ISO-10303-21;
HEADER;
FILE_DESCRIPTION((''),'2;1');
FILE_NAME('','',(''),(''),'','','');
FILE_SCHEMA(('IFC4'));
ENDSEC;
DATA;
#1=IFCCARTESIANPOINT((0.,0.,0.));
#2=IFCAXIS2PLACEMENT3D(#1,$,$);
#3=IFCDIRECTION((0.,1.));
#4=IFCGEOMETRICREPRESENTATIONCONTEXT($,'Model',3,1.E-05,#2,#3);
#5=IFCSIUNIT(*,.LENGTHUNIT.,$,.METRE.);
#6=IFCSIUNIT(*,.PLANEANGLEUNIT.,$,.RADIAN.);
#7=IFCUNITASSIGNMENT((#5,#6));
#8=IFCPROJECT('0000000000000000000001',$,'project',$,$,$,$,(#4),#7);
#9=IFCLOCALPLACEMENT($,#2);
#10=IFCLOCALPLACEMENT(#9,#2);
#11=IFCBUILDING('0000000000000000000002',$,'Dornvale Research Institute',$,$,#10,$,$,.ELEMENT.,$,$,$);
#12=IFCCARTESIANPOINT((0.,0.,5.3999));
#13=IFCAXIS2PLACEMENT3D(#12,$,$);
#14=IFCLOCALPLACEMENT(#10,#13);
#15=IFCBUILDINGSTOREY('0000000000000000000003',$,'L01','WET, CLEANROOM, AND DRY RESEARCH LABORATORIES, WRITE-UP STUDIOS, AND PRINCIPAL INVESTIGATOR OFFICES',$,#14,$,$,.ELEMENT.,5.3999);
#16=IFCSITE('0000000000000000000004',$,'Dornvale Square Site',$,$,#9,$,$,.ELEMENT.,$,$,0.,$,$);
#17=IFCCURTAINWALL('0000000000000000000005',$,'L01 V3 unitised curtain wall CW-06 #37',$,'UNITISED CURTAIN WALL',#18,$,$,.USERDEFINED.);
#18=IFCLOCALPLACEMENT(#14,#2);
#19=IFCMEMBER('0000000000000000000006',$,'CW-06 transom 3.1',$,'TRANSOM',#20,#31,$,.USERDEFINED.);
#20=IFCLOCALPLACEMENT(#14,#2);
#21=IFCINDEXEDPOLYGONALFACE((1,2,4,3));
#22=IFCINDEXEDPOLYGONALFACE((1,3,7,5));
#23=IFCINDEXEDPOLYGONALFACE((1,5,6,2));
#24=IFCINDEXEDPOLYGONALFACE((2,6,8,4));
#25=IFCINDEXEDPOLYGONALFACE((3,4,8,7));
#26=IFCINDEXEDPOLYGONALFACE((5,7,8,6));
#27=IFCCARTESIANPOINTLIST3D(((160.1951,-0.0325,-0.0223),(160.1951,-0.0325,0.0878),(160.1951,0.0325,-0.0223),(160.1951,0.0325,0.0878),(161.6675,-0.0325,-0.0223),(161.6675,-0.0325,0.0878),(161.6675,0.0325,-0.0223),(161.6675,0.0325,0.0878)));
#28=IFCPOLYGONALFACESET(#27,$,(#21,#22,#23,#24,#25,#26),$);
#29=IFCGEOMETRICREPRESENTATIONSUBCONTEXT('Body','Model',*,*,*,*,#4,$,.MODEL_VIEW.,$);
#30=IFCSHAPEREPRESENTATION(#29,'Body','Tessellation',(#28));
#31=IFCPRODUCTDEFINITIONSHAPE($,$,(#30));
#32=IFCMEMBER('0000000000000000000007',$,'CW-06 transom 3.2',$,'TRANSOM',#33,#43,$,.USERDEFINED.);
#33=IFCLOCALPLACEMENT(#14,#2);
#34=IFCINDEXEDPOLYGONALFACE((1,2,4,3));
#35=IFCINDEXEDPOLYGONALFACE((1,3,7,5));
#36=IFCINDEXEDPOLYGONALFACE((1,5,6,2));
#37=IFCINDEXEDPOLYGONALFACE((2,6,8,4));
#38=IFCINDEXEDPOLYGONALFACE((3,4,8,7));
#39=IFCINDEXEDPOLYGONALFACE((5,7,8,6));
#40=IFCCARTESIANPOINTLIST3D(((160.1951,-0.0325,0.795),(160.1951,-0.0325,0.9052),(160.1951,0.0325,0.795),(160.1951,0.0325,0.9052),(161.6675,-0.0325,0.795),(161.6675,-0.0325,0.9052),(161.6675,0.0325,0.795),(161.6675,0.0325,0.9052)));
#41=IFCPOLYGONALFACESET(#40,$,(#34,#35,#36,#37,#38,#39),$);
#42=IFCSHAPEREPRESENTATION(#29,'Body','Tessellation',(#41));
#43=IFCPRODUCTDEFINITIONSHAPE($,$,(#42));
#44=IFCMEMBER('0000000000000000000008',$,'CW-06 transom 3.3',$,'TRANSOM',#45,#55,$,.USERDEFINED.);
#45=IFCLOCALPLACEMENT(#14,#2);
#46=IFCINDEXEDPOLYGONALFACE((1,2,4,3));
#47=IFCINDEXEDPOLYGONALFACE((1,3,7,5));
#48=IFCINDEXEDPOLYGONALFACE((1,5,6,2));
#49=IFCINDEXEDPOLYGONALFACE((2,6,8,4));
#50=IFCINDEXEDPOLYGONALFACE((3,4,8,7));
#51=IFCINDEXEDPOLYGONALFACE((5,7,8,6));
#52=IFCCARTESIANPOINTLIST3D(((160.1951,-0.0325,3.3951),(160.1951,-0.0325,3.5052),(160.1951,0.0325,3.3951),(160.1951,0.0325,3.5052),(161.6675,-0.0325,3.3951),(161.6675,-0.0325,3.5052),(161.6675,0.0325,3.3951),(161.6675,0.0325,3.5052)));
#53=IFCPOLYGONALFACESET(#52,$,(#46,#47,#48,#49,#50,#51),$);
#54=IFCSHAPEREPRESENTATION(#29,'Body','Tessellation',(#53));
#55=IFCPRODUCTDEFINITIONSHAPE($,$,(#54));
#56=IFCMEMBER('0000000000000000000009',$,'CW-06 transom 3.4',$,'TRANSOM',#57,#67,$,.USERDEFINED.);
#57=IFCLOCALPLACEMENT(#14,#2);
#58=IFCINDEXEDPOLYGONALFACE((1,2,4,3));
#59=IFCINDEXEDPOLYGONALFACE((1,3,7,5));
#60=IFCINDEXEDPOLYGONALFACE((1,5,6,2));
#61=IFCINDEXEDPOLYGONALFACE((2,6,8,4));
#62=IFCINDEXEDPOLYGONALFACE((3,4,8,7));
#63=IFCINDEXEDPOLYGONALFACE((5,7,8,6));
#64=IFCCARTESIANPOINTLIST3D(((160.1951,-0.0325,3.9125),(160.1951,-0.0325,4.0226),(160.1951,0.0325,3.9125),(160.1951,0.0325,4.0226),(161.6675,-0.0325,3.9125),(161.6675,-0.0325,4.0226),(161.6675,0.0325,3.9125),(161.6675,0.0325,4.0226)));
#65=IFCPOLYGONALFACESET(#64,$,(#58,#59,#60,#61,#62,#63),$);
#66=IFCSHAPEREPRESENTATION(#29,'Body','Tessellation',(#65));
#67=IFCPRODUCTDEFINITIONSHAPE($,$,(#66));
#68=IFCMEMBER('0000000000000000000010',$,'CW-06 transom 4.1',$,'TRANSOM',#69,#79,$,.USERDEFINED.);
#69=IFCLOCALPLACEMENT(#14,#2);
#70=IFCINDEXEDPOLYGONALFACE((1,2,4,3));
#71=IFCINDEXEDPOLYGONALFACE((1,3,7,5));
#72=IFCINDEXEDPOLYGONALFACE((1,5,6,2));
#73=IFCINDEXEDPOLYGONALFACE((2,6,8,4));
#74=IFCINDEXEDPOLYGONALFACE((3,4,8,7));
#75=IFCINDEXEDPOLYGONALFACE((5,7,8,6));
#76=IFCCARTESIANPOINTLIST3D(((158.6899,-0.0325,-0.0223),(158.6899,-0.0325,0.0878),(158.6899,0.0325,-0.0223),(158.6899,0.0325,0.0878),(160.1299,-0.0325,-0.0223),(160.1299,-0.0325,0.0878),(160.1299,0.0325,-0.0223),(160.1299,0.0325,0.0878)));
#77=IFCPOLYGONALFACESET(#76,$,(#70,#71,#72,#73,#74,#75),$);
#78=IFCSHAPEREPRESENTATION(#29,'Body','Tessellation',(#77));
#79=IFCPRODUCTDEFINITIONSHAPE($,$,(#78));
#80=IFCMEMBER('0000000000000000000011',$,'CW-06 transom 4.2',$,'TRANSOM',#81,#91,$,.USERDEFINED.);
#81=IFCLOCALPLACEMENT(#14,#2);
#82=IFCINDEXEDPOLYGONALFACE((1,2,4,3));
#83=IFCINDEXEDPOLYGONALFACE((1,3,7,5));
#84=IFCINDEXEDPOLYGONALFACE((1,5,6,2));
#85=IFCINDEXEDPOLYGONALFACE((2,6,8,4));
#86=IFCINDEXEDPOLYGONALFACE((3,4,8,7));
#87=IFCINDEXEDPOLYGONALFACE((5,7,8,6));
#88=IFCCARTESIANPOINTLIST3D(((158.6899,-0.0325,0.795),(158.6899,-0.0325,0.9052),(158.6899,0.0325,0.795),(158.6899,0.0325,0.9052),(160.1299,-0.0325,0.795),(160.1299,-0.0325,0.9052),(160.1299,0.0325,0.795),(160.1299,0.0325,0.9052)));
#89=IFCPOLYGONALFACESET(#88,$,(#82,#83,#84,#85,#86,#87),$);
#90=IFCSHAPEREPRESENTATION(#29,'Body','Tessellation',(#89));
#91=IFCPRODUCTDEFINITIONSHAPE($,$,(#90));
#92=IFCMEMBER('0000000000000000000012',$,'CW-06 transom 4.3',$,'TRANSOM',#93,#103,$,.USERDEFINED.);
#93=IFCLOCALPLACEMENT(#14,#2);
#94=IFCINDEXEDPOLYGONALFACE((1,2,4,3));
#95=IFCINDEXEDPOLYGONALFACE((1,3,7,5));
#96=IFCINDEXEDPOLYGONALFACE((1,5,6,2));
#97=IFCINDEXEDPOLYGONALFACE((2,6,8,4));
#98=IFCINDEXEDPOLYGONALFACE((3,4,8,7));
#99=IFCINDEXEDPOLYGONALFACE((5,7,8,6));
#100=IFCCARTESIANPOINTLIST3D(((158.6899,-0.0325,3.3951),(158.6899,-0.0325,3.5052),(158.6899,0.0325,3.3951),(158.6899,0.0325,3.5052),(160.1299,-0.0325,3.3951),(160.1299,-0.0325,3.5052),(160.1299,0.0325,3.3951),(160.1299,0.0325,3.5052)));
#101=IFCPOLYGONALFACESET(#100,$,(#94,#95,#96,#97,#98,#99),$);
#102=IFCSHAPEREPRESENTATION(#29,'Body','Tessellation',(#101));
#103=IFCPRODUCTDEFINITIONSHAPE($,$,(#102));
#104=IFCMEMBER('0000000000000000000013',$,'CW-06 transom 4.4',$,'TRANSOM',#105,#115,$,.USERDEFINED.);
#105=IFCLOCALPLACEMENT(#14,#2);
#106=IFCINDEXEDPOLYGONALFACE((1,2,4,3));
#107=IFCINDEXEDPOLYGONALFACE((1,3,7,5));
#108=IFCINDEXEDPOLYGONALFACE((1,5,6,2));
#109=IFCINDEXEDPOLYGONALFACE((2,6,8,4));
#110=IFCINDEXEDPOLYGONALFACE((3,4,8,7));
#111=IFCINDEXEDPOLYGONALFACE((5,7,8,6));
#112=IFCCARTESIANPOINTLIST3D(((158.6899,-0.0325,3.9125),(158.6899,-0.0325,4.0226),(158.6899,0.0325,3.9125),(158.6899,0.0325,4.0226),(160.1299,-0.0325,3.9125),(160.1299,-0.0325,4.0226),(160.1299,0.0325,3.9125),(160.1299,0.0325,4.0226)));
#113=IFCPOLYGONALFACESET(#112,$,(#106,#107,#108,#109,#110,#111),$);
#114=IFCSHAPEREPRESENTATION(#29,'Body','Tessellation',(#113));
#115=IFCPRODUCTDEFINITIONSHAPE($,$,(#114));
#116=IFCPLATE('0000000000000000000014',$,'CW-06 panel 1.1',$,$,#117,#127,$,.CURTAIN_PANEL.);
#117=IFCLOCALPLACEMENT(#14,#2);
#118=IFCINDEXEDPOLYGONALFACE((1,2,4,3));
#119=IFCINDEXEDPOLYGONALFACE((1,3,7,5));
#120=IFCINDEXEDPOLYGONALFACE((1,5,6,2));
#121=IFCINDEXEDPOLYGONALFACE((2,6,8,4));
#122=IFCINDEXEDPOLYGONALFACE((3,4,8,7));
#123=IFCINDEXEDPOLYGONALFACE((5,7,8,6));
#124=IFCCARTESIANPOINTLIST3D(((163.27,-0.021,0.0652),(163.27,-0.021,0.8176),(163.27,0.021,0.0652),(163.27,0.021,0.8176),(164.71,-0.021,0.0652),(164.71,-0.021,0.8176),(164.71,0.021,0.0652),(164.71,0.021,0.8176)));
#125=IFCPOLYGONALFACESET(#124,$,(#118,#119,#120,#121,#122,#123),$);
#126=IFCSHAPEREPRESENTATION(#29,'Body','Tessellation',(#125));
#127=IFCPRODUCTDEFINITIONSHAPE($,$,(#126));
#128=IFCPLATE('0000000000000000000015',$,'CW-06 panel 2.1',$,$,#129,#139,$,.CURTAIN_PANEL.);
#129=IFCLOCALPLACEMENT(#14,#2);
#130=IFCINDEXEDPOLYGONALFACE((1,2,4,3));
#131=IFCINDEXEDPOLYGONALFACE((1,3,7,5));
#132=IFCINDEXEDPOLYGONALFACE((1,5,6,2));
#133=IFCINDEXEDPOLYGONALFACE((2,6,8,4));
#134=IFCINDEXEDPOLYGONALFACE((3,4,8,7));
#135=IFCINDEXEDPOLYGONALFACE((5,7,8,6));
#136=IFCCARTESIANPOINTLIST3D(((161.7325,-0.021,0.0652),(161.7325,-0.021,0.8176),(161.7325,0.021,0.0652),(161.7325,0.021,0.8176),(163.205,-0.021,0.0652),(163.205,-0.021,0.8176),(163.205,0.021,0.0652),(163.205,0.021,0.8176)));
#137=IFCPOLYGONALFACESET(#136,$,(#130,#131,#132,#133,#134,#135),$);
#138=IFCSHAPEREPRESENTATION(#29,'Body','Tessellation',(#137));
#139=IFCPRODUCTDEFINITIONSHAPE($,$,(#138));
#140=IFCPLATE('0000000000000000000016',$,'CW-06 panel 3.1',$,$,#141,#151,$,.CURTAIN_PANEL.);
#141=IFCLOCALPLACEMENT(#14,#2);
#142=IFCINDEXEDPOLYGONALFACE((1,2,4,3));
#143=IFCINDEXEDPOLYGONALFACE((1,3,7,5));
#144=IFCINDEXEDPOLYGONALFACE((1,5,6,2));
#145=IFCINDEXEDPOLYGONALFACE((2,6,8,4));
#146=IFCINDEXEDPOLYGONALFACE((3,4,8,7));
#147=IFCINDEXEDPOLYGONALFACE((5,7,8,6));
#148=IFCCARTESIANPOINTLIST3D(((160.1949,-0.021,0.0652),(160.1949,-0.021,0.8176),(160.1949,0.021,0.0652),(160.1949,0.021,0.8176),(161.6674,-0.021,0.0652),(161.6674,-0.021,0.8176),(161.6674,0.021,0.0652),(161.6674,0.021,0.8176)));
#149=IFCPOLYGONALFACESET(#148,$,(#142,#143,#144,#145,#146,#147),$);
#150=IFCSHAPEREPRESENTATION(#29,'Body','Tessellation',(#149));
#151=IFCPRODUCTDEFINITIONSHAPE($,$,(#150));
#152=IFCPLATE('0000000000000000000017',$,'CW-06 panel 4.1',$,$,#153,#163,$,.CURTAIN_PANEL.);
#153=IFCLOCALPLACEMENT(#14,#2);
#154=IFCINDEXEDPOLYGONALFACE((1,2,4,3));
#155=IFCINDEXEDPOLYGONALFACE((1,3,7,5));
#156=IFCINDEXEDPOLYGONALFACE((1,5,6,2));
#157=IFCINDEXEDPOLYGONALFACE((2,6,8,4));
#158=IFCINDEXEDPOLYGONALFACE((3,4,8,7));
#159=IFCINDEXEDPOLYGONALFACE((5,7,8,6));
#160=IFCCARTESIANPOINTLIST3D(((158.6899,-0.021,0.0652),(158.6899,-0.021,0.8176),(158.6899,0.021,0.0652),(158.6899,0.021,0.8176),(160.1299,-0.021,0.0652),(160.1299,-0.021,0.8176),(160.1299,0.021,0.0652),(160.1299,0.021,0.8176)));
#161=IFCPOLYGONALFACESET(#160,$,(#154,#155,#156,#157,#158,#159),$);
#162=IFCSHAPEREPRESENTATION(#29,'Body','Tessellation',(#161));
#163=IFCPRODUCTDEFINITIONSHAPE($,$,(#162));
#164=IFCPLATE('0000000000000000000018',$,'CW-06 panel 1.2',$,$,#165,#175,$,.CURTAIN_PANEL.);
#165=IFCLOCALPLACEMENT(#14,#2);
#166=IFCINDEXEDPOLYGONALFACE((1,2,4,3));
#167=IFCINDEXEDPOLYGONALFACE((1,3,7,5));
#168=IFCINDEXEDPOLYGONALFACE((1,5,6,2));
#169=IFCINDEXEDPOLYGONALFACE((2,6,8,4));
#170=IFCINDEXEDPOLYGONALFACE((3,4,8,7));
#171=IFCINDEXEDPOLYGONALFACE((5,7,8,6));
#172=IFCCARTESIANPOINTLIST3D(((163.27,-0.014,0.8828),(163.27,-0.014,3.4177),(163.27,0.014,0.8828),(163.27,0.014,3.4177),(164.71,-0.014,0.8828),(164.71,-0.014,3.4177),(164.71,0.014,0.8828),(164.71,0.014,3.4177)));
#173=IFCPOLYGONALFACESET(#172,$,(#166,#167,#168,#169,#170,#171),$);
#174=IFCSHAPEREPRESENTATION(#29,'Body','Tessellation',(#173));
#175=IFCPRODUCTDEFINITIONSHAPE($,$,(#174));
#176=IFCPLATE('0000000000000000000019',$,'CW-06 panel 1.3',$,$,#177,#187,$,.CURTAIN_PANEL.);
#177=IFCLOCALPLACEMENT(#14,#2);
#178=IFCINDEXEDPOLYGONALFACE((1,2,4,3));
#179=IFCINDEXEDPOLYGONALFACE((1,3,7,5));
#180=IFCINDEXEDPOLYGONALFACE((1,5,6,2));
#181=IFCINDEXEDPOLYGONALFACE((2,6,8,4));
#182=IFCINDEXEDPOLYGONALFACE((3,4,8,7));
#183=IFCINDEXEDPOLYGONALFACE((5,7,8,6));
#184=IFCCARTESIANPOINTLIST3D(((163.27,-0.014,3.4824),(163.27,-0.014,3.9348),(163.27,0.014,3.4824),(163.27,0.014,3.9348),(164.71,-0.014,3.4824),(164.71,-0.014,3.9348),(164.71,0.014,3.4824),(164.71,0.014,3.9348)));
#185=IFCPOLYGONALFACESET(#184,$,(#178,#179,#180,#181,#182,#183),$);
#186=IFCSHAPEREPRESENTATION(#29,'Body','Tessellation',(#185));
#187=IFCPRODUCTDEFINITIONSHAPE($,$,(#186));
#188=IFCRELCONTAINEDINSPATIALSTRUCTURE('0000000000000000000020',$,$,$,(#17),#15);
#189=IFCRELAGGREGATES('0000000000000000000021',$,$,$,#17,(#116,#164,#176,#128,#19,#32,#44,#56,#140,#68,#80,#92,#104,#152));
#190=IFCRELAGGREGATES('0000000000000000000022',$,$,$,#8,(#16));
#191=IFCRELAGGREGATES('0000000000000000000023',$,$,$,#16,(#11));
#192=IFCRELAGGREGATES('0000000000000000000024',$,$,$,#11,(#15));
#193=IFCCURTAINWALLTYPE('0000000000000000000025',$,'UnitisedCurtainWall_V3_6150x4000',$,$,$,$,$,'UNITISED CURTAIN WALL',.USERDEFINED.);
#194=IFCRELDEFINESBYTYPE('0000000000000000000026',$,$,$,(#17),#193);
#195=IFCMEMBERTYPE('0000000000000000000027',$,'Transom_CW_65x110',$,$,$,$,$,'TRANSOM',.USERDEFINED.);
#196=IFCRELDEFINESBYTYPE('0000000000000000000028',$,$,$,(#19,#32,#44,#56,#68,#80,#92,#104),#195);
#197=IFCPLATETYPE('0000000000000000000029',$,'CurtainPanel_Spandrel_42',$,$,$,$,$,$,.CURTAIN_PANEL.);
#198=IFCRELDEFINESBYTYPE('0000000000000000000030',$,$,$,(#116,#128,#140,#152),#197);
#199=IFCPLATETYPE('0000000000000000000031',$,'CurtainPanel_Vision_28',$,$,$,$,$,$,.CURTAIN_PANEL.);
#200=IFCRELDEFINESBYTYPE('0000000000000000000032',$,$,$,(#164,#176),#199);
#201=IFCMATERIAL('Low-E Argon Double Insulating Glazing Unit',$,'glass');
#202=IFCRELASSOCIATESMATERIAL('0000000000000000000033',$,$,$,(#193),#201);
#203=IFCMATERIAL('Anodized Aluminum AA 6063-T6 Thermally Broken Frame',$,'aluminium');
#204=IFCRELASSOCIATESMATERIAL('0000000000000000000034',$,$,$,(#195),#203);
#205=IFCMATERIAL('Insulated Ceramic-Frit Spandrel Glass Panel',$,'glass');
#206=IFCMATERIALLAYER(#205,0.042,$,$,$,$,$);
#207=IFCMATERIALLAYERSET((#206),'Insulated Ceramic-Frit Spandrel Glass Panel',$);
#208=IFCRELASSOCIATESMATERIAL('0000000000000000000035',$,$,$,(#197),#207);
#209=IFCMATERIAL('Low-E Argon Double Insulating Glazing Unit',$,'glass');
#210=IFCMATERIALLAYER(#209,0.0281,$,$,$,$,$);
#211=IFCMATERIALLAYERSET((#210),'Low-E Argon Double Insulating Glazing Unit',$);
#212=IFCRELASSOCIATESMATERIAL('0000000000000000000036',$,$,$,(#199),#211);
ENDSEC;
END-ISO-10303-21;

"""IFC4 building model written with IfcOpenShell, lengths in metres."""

from ifc_helpers import new_model, si_unit, direction, frame, origin, origin_2d, place, context, subcontext, project, spatial, rectangle, extrude, material, layer, layer_set, material_profile, profile_set, type_object, element, aggregate, save


model = new_model("IFC4")

# Units and contexts
model_context = context("Model", 3, precision=1e-05, world=origin(), true_north=direction((0.0, 1.0)))
body_context = subcontext(model_context, "Body", "Model", "MODEL_VIEW")
ifc_project = project(units=[si_unit("LENGTHUNIT", "METRE"), si_unit("PLANEANGLEUNIT", "RADIAN")], contexts=[model_context])

# Site, building, storey
site_placement = place(None, origin())
site = spatial("IfcSite", under=ifc_project, at=site_placement, Name="Dornvale Square Site", CompositionType="ELEMENT", RefElevation=0.0)
building_placement = place(site_placement, origin())
building = spatial("IfcBuilding", under=site, at=building_placement, Name="Dornvale Research Institute", CompositionType="ELEMENT")
storey_placement = place(building_placement, frame((0.0, 0.0, 5.3999)))
storey = spatial("IfcBuildingStorey", under=building, at=storey_placement, Name="L01", Description="WET, CLEANROOM, AND DRY RESEARCH LABORATORIES, WRITE-UP STUDIOS, AND PRINCIPAL INVESTIGATOR OFFICES", CompositionType="ELEMENT", Elevation=5.3999)

# Curtain wall
ifc_material_1 = material(Name="Low-E Argon Double Insulating Glazing Unit", Category="glass")
curtain_wall_type = type_object("IfcCurtainWallType", Name="UnitisedCurtainWall_V3_6150x4000", ElementType="UNITISED CURTAIN WALL", PredefinedType="USERDEFINED", material=ifc_material_1)
curtain_wall_placement = place(storey_placement, origin())
curtain_wall = element("IfcCurtainWall", 1, at=curtain_wall_placement, inside=storey, type_object=curtain_wall_type, Name="L01 V3 unitised curtain wall CW-06 #37", ObjectType="UNITISED CURTAIN WALL", PredefinedType="USERDEFINED")

# Members
ifc_material_2 = material(Name="Anodized Aluminum AA 6063-T6 Thermally Broken Frame", Category="aluminium")
ifc_material_profile_1 = material_profile(ifc_material_2, rectangle(XDim=0.0649, YDim=0.1101, at=origin_2d()), Name="ALU TRANSOM 65x110")
ifc_profile_set_1 = profile_set([ifc_material_profile_1], Name="Anodized Aluminum AA 6063-T6 Thermally Broken Frame")
member_type_1 = type_object("IfcMemberType", Name="Transom_CW_65x110", ElementType="TRANSOM", PredefinedType="USERDEFINED", material=ifc_profile_set_1)
member_1_placement = place(storey_placement, frame((161.6675, 0.0, 0.0327), z_axis=(-1.0, 0.0, 0.0), x_axis=(0.0, -1.0, 0.0)))
member_1 = element("IfcMember", 2, at=member_1_placement, type_object=member_type_1, Name="CW-06 transom 3.1", ObjectType="TRANSOM", PredefinedType="USERDEFINED", context=body_context, shape_type="SweptSolid", body=[
    extrude(rectangle(XDim=0.0649, YDim=0.1101, at=origin_2d()), origin(), (0.0, 0.0, 1.0), 1.4724),
])
member_2_placement = place(storey_placement, frame((161.6675, 0.0, 0.8501), z_axis=(-1.0, 0.0, 0.0), x_axis=(0.0, -1.0, 0.0)))
member_2 = element("IfcMember", 3, at=member_2_placement, type_object=member_type_1, Name="CW-06 transom 3.2", ObjectType="TRANSOM", PredefinedType="USERDEFINED", context=body_context, shape_type="SweptSolid", body=[
    extrude(rectangle(XDim=0.0649, YDim=0.1101, at=origin_2d()), origin(), (0.0, 0.0, 1.0), 1.4724),
])
member_3_placement = place(storey_placement, frame((161.6675, 0.0, 3.4502), z_axis=(-1.0, 0.0, 0.0), x_axis=(0.0, -1.0, 0.0)))
member_3 = element("IfcMember", 4, at=member_3_placement, type_object=member_type_1, Name="CW-06 transom 3.3", ObjectType="TRANSOM", PredefinedType="USERDEFINED", context=body_context, shape_type="SweptSolid", body=[
    extrude(rectangle(XDim=0.0649, YDim=0.1101, at=origin_2d()), origin(), (0.0, 0.0, 1.0), 1.4724),
])
member_4_placement = place(storey_placement, frame((161.6675, 0.0, 3.9675), z_axis=(-1.0, 0.0, 0.0), x_axis=(0.0, -1.0, 0.0)))
member_4 = element("IfcMember", 5, at=member_4_placement, type_object=member_type_1, Name="CW-06 transom 3.4", ObjectType="TRANSOM", PredefinedType="USERDEFINED", context=body_context, shape_type="SweptSolid", body=[
    extrude(rectangle(XDim=0.0649, YDim=0.1101, at=origin_2d()), origin(), (0.0, 0.0, 1.0), 1.4724),
])
member_5_placement = place(storey_placement, frame((160.1299, 0.0, 0.0327), z_axis=(-1.0, 0.0, 0.0), x_axis=(0.0, -1.0, 0.0)))
member_5 = element("IfcMember", 6, at=member_5_placement, type_object=member_type_1, Name="CW-06 transom 4.1", ObjectType="TRANSOM", PredefinedType="USERDEFINED", context=body_context, shape_type="SweptSolid", body=[
    extrude(rectangle(XDim=0.0649, YDim=0.1101, at=origin_2d()), origin(), (0.0, 0.0, 1.0), 1.4399),
])
member_6_placement = place(storey_placement, frame((160.1299, 0.0, 0.8501), z_axis=(-1.0, 0.0, 0.0), x_axis=(0.0, -1.0, 0.0)))
member_6 = element("IfcMember", 7, at=member_6_placement, type_object=member_type_1, Name="CW-06 transom 4.2", ObjectType="TRANSOM", PredefinedType="USERDEFINED", context=body_context, shape_type="SweptSolid", body=[
    extrude(rectangle(XDim=0.0649, YDim=0.1101, at=origin_2d()), origin(), (0.0, 0.0, 1.0), 1.4399),
])
member_7_placement = place(storey_placement, frame((160.1299, 0.0, 3.4502), z_axis=(-1.0, 0.0, 0.0), x_axis=(0.0, -1.0, 0.0)))
member_7 = element("IfcMember", 8, at=member_7_placement, type_object=member_type_1, Name="CW-06 transom 4.3", ObjectType="TRANSOM", PredefinedType="USERDEFINED", context=body_context, shape_type="SweptSolid", body=[
    extrude(rectangle(XDim=0.0649, YDim=0.1101, at=origin_2d()), origin(), (0.0, 0.0, 1.0), 1.4399),
])
member_8_placement = place(storey_placement, frame((160.1299, 0.0, 3.9675), z_axis=(-1.0, 0.0, 0.0), x_axis=(0.0, -1.0, 0.0)))
member_8 = element("IfcMember", 9, at=member_8_placement, type_object=member_type_1, Name="CW-06 transom 4.4", ObjectType="TRANSOM", PredefinedType="USERDEFINED", context=body_context, shape_type="SweptSolid", body=[
    extrude(rectangle(XDim=0.0649, YDim=0.1101, at=origin_2d()), origin(), (0.0, 0.0, 1.0), 1.4399),
])

# Plates
ifc_material_3 = material(Name="Insulated Ceramic-Frit Spandrel Glass Panel", Category="glass")
ifc_layer_1 = layer(ifc_material_3, 0.042)
ifc_layer_set_1 = layer_set([ifc_layer_1], Name="Insulated Ceramic-Frit Spandrel Glass Panel")
plate_type_1 = type_object("IfcPlateType", Name="CurtainPanel_Spandrel_42", PredefinedType="CURTAIN_PANEL", material=ifc_layer_set_1)
plate_1_placement = place(storey_placement, frame((163.99, 0.0, 0.0652), z_axis=(0.0, 0.0, 1.0), x_axis=(-1.0, 0.0, 0.0)))
plate_1 = element("IfcPlate", 10, at=plate_1_placement, type_object=plate_type_1, Name="CW-06 panel 1.1", PredefinedType="CURTAIN_PANEL", context=body_context, shape_type="SweptSolid", body=[
    extrude(rectangle(XDim=1.4399, YDim=0.042, at=origin_2d()), origin(), (0.0, 0.0, 1.0), 0.7524),
])
plate_2_placement = place(storey_placement, frame((162.4688, 0.0, 0.0652), z_axis=(0.0, 0.0, 1.0), x_axis=(-1.0, 0.0, 0.0)))
plate_2 = element("IfcPlate", 11, at=plate_2_placement, type_object=plate_type_1, Name="CW-06 panel 2.1", PredefinedType="CURTAIN_PANEL", context=body_context, shape_type="SweptSolid", body=[
    extrude(rectangle(XDim=1.4724, YDim=0.042, at=origin_2d()), origin(), (0.0, 0.0, 1.0), 0.7524),
])
plate_3_placement = place(storey_placement, frame((160.9312, 0.0, 0.0652), z_axis=(0.0, 0.0, 1.0), x_axis=(-1.0, 0.0, 0.0)))
plate_3 = element("IfcPlate", 12, at=plate_3_placement, type_object=plate_type_1, Name="CW-06 panel 3.1", PredefinedType="CURTAIN_PANEL", context=body_context, shape_type="SweptSolid", body=[
    extrude(rectangle(XDim=1.4724, YDim=0.042, at=origin_2d()), origin(), (0.0, 0.0, 1.0), 0.7524),
])
plate_4_placement = place(storey_placement, frame((159.4099, 0.0, 0.0652), z_axis=(0.0, 0.0, 1.0), x_axis=(-1.0, 0.0, 0.0)))
plate_4 = element("IfcPlate", 13, at=plate_4_placement, type_object=plate_type_1, Name="CW-06 panel 4.1", PredefinedType="CURTAIN_PANEL", context=body_context, shape_type="SweptSolid", body=[
    extrude(rectangle(XDim=1.4399, YDim=0.042, at=origin_2d()), origin(), (0.0, 0.0, 1.0), 0.7524),
])
ifc_material_4 = material(Name="Low-E Argon Double Insulating Glazing Unit", Category="glass")
ifc_layer_2 = layer(ifc_material_4, 0.0281)
ifc_layer_set_2 = layer_set([ifc_layer_2], Name="Low-E Argon Double Insulating Glazing Unit")
plate_type_2 = type_object("IfcPlateType", Name="CurtainPanel_Vision_28", PredefinedType="CURTAIN_PANEL", material=ifc_layer_set_2)
plate_5_placement = place(storey_placement, frame((163.99, 0.0, 0.8828), z_axis=(0.0, 0.0, 1.0), x_axis=(-1.0, 0.0, 0.0)))
plate_5 = element("IfcPlate", 14, at=plate_5_placement, type_object=plate_type_2, Name="CW-06 panel 1.2", PredefinedType="CURTAIN_PANEL", context=body_context, shape_type="SweptSolid", body=[
    extrude(rectangle(XDim=1.4399, YDim=0.0281, at=origin_2d()), origin(), (0.0, 0.0, 1.0), 2.5349),
])
plate_6_placement = place(storey_placement, frame((163.99, 0.0, 3.4824), z_axis=(0.0, 0.0, 1.0), x_axis=(-1.0, 0.0, 0.0)))
plate_6 = element("IfcPlate", 15, at=plate_6_placement, type_object=plate_type_2, Name="CW-06 panel 1.3", PredefinedType="CURTAIN_PANEL", context=body_context, shape_type="SweptSolid", body=[
    extrude(rectangle(XDim=1.4399, YDim=0.0281, at=origin_2d()), origin(), (0.0, 0.0, 1.0), 0.4524),
])
aggregate(curtain_wall, [plate_1, plate_5, plate_6, plate_2, member_1, member_2, member_3, member_4, plate_3, member_5, member_6, member_7, member_8, plate_4])

save(model, "model.ifc")
